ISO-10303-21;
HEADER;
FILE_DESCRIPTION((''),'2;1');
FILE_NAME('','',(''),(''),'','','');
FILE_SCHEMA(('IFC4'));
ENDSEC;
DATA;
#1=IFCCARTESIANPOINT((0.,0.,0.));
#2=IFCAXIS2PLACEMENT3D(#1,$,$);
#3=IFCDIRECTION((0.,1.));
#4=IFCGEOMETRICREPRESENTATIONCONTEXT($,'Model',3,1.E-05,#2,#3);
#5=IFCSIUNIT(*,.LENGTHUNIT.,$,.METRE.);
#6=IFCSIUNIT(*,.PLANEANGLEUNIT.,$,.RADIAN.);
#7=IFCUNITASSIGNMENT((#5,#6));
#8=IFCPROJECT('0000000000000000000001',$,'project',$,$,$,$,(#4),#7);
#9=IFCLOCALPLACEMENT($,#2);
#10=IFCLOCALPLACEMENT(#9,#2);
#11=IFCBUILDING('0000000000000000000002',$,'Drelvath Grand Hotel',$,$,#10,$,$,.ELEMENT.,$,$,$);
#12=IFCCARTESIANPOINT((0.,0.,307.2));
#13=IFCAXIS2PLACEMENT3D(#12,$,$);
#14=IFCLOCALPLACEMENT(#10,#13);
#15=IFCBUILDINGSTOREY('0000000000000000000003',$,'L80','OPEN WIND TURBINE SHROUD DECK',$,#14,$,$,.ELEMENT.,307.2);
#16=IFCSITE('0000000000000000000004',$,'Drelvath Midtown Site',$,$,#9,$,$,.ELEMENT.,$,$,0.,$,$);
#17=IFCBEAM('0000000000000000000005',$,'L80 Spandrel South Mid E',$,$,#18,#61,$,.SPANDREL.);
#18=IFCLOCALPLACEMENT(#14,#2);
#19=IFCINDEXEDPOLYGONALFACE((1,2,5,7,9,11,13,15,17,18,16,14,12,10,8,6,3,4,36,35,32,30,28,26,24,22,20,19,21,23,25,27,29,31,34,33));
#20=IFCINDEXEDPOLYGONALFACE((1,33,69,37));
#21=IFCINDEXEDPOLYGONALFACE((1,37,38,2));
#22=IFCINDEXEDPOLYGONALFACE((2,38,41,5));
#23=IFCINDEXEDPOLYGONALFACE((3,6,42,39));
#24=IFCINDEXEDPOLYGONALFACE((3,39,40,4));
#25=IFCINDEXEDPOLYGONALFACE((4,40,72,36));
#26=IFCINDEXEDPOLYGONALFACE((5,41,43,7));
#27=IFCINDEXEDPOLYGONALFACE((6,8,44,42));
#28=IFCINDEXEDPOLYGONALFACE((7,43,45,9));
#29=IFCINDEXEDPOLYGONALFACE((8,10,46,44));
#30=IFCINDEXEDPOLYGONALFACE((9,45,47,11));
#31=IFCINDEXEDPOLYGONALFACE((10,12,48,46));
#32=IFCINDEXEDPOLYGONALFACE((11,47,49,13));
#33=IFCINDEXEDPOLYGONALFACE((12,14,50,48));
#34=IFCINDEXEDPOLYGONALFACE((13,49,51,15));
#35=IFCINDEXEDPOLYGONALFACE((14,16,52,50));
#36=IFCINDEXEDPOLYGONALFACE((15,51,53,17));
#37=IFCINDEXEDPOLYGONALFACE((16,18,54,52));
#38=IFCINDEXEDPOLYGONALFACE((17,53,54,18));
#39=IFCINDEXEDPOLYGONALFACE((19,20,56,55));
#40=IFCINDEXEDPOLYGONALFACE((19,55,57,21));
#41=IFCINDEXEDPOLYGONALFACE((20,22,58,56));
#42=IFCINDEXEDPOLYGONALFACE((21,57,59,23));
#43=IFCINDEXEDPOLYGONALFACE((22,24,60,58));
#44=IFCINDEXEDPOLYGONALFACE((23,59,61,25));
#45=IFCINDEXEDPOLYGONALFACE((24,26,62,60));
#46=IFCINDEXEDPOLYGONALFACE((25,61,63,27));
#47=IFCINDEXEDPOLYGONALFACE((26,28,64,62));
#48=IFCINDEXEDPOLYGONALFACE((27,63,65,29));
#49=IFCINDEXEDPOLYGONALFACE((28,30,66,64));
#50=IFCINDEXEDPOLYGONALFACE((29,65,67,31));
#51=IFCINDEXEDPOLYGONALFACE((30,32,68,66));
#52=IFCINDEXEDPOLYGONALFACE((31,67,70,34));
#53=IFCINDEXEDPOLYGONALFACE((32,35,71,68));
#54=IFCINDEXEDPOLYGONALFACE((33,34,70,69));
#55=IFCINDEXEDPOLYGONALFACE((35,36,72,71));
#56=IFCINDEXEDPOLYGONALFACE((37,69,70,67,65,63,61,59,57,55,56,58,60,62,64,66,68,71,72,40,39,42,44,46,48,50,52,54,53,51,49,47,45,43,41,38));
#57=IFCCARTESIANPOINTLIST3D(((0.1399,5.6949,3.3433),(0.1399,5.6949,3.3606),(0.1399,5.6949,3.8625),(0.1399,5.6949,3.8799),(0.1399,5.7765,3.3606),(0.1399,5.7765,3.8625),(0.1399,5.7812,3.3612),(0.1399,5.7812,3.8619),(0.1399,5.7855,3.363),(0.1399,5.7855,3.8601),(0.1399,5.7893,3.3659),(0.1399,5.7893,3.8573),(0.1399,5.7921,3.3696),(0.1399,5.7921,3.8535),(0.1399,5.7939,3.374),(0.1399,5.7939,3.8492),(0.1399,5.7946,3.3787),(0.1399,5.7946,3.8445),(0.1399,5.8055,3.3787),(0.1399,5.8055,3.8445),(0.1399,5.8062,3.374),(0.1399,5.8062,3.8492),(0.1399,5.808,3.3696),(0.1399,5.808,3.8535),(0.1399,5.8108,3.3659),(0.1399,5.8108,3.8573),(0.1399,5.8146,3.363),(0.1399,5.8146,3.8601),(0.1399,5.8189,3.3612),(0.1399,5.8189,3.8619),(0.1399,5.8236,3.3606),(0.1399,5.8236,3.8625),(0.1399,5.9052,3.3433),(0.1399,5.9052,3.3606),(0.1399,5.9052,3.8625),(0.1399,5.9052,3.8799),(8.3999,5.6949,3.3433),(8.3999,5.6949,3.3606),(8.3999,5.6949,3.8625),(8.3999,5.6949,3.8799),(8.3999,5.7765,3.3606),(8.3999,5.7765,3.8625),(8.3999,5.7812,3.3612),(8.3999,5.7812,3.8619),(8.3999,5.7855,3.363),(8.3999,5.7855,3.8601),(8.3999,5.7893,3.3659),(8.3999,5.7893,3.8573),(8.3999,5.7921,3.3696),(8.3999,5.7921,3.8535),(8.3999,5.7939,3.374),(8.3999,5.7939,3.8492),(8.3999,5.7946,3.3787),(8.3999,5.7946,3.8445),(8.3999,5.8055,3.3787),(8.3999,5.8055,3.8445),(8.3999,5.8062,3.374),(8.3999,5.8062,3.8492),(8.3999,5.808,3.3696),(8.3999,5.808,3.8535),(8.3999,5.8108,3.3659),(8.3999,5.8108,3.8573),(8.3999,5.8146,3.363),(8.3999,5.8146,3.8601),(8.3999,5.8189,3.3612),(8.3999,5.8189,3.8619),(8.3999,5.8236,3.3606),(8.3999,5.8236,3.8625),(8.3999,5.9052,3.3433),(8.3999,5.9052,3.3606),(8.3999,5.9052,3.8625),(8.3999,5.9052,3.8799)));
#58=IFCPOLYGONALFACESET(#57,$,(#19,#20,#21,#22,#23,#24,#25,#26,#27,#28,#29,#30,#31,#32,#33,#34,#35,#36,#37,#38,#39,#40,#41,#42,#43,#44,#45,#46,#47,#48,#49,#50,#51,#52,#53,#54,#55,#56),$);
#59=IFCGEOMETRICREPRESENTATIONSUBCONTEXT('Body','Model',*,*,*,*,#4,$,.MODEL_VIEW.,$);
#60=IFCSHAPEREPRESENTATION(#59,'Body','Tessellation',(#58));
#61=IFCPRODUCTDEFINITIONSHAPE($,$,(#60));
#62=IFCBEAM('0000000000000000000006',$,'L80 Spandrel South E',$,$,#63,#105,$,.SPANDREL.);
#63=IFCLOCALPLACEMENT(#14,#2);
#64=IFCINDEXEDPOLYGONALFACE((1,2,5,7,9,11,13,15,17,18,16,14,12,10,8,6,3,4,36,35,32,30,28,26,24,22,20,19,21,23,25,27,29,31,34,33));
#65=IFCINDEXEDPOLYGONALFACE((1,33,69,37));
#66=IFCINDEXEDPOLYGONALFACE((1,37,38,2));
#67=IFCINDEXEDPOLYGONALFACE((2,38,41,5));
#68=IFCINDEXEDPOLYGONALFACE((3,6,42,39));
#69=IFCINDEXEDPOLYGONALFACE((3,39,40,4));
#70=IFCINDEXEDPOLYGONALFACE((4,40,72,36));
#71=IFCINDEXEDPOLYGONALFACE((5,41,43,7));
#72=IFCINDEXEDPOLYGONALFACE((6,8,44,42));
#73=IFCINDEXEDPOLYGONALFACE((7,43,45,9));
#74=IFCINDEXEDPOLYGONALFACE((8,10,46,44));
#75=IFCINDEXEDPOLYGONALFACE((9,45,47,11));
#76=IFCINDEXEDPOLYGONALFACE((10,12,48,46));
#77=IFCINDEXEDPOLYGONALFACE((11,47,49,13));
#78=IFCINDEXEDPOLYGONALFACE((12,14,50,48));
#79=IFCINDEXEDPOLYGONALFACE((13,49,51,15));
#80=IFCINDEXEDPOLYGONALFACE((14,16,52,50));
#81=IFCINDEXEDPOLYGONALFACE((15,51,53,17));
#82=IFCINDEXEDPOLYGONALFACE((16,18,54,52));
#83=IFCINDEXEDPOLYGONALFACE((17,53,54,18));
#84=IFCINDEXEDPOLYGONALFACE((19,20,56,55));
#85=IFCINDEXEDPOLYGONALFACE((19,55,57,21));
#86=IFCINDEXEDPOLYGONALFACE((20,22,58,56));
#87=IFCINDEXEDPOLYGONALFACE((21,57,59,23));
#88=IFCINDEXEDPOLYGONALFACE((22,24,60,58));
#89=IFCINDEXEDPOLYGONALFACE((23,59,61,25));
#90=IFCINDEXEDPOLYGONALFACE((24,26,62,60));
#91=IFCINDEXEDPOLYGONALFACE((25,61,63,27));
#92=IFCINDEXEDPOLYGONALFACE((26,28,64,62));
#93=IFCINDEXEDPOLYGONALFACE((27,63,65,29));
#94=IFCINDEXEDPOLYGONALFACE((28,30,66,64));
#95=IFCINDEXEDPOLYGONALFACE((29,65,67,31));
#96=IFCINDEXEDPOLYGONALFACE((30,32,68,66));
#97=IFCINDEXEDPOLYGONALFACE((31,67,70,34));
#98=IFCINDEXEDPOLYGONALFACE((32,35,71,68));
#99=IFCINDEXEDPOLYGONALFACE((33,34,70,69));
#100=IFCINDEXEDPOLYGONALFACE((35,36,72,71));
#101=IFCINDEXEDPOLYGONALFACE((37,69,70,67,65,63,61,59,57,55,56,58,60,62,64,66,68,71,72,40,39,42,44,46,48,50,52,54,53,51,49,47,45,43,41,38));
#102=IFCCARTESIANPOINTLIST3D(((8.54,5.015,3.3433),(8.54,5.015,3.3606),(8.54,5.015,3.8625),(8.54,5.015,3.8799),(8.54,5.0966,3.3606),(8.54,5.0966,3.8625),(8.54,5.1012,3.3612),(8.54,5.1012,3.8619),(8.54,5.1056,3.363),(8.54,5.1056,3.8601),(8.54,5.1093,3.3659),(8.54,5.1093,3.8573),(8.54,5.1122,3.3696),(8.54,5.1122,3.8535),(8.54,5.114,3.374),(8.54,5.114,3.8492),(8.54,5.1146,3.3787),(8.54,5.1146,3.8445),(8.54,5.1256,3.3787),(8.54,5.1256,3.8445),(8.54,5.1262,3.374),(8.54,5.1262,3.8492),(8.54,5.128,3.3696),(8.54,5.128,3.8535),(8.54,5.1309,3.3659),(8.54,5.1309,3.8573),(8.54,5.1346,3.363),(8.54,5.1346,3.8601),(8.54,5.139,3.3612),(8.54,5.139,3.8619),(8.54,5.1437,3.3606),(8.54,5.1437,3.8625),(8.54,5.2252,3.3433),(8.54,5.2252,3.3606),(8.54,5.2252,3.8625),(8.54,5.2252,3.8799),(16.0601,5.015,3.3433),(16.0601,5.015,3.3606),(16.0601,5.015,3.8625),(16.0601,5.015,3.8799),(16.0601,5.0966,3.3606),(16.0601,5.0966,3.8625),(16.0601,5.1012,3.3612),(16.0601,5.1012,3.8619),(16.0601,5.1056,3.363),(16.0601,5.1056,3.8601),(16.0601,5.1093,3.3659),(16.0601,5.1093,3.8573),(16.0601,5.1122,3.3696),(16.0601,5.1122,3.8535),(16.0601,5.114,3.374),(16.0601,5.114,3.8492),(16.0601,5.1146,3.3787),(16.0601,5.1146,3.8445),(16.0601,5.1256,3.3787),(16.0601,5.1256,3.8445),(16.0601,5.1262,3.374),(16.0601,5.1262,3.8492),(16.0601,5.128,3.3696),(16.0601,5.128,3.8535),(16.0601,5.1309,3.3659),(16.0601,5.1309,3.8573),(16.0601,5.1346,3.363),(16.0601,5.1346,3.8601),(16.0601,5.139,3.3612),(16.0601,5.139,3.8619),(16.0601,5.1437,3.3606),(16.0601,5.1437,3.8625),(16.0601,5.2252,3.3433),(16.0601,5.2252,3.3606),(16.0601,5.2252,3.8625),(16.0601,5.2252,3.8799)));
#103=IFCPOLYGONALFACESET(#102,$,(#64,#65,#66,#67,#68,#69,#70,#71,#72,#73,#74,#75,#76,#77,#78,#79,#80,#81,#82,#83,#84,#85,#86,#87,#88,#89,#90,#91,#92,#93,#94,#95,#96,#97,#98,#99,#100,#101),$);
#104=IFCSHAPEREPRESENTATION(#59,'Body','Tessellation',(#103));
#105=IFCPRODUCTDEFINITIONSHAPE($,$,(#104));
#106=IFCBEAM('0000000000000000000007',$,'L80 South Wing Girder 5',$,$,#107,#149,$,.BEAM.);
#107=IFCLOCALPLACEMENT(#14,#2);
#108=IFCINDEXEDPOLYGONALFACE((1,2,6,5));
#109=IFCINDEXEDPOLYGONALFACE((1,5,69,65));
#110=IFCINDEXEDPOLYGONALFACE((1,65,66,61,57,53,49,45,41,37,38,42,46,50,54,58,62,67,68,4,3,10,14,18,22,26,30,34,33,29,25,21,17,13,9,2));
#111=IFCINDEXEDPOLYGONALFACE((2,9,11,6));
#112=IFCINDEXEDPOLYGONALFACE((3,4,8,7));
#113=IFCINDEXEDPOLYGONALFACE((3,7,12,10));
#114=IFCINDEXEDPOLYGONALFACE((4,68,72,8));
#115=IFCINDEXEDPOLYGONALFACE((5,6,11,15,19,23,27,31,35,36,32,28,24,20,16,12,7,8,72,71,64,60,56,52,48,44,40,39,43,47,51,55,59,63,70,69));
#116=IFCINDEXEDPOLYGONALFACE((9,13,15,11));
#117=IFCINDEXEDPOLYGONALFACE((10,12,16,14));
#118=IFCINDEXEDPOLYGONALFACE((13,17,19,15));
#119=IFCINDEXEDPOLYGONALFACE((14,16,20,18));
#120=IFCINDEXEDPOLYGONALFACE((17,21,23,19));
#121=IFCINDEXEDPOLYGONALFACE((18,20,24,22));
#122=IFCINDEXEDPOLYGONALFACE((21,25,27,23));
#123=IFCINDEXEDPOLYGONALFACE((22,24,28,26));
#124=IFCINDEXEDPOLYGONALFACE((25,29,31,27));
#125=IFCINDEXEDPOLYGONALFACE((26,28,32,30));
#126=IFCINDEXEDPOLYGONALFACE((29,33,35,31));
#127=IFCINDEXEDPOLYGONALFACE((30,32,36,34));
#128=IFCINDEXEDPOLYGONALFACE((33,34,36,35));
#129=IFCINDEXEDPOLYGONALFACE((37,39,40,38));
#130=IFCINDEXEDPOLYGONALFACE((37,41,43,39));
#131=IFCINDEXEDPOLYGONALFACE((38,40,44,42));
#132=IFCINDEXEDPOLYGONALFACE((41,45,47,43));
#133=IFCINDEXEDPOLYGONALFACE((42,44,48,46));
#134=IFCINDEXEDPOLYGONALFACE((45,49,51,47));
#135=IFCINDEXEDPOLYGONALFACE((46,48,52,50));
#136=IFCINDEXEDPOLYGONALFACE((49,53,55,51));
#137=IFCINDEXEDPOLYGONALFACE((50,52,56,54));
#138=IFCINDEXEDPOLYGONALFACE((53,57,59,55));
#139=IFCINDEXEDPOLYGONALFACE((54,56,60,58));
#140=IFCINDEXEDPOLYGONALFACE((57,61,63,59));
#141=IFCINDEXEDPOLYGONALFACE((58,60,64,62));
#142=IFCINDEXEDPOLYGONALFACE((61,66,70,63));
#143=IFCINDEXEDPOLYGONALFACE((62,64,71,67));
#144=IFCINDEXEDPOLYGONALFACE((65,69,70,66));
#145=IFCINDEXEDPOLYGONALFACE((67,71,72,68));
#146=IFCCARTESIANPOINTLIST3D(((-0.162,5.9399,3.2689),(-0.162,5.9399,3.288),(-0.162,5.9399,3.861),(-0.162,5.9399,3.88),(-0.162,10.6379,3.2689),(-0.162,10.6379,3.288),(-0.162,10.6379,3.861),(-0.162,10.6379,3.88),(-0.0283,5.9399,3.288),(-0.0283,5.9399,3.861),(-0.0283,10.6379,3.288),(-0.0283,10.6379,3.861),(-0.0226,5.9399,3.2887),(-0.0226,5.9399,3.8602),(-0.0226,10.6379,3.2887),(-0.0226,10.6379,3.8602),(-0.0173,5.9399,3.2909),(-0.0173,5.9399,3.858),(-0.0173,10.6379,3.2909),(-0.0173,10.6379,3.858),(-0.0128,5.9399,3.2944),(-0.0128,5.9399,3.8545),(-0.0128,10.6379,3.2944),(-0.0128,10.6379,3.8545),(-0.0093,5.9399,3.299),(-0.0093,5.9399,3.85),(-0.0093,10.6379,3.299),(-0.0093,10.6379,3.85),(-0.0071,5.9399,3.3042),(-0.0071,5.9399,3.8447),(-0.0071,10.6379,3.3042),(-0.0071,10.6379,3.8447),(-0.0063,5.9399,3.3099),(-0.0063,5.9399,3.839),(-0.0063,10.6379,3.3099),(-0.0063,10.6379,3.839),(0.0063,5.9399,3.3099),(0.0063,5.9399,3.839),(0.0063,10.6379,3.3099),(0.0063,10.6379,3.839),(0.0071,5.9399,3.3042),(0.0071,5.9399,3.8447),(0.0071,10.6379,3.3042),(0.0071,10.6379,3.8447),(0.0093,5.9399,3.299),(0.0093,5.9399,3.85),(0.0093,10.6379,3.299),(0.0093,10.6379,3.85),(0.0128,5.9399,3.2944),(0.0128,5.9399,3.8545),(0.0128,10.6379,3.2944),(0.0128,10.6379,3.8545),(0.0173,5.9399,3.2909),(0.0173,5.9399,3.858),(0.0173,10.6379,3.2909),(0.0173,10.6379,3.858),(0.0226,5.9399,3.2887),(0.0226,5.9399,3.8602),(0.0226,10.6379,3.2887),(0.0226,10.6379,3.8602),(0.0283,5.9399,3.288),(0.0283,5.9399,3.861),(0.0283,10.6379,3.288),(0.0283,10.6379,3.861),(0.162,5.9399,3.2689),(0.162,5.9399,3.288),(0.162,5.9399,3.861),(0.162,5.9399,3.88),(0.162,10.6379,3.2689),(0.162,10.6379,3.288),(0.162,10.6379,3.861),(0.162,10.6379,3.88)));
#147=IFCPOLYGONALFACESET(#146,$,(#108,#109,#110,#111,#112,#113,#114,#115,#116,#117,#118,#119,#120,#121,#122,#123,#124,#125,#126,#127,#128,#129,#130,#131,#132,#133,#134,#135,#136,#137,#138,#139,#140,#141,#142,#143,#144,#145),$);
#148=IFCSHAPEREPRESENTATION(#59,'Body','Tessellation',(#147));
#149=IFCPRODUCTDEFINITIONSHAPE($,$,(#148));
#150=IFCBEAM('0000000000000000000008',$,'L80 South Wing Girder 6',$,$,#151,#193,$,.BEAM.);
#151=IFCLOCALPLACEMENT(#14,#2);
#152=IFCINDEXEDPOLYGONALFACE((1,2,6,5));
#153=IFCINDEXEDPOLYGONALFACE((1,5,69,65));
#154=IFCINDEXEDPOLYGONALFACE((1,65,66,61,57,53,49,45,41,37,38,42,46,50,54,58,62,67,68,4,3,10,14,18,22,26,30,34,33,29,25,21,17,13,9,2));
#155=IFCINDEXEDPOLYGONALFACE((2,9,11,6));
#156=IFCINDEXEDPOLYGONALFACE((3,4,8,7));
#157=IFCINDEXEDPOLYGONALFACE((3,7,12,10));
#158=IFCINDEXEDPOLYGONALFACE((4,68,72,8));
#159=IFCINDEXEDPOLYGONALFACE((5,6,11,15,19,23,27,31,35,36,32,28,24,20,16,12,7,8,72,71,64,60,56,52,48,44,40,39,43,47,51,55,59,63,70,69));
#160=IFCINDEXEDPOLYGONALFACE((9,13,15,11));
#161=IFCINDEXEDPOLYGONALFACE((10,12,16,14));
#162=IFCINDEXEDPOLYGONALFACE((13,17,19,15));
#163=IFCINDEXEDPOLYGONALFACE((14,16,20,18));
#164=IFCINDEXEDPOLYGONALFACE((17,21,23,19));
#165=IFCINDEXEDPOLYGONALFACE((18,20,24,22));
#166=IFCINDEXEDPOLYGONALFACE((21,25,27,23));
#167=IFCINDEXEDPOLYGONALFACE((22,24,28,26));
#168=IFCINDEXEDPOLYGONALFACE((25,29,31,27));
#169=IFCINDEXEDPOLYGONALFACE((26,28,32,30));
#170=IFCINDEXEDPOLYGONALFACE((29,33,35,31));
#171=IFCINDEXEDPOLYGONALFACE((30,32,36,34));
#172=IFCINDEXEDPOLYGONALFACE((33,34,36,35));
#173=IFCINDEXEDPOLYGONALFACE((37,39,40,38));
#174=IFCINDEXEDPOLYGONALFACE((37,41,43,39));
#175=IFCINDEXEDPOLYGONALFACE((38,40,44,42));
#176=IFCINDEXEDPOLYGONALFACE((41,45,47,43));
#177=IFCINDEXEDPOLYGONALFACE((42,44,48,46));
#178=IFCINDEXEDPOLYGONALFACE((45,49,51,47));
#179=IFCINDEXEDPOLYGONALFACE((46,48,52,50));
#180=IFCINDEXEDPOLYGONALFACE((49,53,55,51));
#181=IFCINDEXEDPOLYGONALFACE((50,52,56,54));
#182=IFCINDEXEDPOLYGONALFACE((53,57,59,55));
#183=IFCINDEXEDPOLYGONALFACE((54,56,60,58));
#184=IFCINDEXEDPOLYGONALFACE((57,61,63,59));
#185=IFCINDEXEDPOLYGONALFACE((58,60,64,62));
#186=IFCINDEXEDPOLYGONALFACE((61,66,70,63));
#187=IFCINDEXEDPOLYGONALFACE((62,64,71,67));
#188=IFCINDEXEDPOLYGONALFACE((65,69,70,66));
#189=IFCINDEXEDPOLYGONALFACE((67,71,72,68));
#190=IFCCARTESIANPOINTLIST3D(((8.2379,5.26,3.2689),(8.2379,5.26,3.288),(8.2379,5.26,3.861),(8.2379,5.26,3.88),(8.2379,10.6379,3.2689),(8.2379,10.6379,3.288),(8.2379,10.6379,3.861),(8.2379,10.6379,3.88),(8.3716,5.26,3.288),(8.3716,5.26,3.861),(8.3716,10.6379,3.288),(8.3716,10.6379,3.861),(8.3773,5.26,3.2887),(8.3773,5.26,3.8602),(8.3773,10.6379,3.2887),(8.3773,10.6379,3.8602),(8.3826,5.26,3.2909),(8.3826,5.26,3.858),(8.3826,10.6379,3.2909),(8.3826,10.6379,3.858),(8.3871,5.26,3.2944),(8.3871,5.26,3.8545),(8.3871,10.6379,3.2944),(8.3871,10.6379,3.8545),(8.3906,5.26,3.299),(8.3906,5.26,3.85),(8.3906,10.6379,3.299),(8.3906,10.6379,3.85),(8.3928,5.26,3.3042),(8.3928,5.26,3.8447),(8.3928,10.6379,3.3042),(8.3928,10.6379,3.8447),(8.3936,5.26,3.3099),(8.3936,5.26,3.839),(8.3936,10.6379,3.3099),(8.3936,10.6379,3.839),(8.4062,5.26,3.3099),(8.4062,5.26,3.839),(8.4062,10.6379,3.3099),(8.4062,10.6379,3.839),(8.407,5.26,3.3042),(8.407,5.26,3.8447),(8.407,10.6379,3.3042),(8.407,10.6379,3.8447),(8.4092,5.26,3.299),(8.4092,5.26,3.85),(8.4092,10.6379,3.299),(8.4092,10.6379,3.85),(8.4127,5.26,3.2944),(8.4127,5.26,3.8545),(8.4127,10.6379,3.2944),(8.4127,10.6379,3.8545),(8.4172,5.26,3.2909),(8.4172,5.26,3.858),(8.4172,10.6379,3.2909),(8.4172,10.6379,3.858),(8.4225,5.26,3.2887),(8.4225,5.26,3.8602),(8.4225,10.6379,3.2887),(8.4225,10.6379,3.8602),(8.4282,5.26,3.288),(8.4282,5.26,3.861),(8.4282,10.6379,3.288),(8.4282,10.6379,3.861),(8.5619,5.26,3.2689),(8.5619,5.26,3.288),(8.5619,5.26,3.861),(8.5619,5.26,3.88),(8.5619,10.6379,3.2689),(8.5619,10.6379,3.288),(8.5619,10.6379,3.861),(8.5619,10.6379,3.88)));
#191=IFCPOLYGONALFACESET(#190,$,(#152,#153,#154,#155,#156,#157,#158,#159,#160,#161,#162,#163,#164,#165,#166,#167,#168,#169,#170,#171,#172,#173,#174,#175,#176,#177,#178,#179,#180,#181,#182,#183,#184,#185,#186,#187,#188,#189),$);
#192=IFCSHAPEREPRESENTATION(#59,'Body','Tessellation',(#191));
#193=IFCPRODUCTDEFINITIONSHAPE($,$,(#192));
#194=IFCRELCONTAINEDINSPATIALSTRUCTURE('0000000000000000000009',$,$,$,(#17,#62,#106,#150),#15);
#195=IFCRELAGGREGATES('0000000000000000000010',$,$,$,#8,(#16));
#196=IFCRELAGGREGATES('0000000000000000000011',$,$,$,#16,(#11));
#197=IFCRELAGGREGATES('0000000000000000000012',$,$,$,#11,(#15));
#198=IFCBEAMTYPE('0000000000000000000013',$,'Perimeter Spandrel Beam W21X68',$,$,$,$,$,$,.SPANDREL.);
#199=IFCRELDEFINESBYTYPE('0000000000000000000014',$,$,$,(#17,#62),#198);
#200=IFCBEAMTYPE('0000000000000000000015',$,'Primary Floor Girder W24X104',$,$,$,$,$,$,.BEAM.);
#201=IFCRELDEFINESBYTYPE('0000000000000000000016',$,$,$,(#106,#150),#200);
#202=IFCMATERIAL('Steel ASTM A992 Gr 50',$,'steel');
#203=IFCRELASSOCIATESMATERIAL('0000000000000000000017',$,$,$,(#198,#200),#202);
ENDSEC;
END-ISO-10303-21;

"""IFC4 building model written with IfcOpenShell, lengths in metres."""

from ifc_helpers import new_model, si_unit, direction, frame, origin, origin_2d, place, context, subcontext, project, spatial, i_section, extrude, material, material_profile, profile_set, type_object, element, save


model = new_model("IFC4")

# Units and contexts
model_context = context("Model", 3, precision=1e-05, world=origin(), true_north=direction((0.0, 1.0)))
body_context = subcontext(model_context, "Body", "Model", "MODEL_VIEW")
ifc_project = project(units=[si_unit("LENGTHUNIT", "METRE"), si_unit("PLANEANGLEUNIT", "RADIAN")], contexts=[model_context])

# Site, building, storey
site_placement = place(None, origin())
site = spatial("IfcSite", under=ifc_project, at=site_placement, Name="Drelvath Midtown Site", CompositionType="ELEMENT", RefElevation=0.0)
building_placement = place(site_placement, origin())
building = spatial("IfcBuilding", under=site, at=building_placement, Name="Drelvath Grand Hotel", CompositionType="ELEMENT")
storey_placement = place(building_placement, frame((0.0, 0.0, 307.2)))
storey = spatial("IfcBuildingStorey", under=building, at=storey_placement, Name="L80", Description="OPEN WIND TURBINE SHROUD DECK", CompositionType="ELEMENT", Elevation=307.2)

# Beams
ifc_material_1 = material(Name="Steel ASTM A992 Gr 50", Category="steel")
ifc_material_profile_1 = material_profile(ifc_material_1, i_section(OverallWidth=0.2102, OverallDepth=0.5366, WebThickness=0.011, FlangeThickness=0.0173, FilletRadius=0.0181, at=origin_2d()), Name="W21X68")
ifc_profile_set_1 = profile_set([ifc_material_profile_1], Name="Steel ASTM A992 Gr 50")
beam_type_1 = type_object("IfcBeamType", Name="Perimeter Spandrel Beam W21X68", PredefinedType="SPANDREL", material=ifc_profile_set_1)
beam_1_placement = place(storey_placement, frame((0.1399, 5.8, 3.6116), z_axis=(1.0, 0.0, 0.0), x_axis=(0.0, 1.0, 0.0)))
element("IfcBeam", 1, at=beam_1_placement, inside=storey, type_object=beam_type_1, Name="L80 Spandrel South Mid E", PredefinedType="SPANDREL", context=body_context, shape_type="SweptSolid", body=[
    extrude(i_section(OverallWidth=0.2102, OverallDepth=0.5366, WebThickness=0.011, FlangeThickness=0.0173, FilletRadius=0.0181, at=origin_2d()), origin(), (0.0, 0.0, 1.0), 8.26),
])
beam_2_placement = place(storey_placement, frame((8.54, 5.1201, 3.6116), z_axis=(1.0, 0.0, 0.0), x_axis=(0.0, 1.0, 0.0)))
element("IfcBeam", 2, at=beam_2_placement, inside=storey, type_object=beam_type_1, Name="L80 Spandrel South E", PredefinedType="SPANDREL", context=body_context, shape_type="SweptSolid", body=[
    extrude(i_section(OverallWidth=0.2102, OverallDepth=0.5366, WebThickness=0.011, FlangeThickness=0.0173, FilletRadius=0.0181, at=origin_2d()), origin(), (0.0, 0.0, 1.0), 7.52),
])
ifc_material_profile_2 = material_profile(ifc_material_1, i_section(OverallWidth=0.324, OverallDepth=0.6111, WebThickness=0.0127, FlangeThickness=0.019, FilletRadius=0.022, at=origin_2d()), Name="W24X104")
ifc_profile_set_2 = profile_set([ifc_material_profile_2], Name="Steel ASTM A992 Gr 50")
beam_type_2 = type_object("IfcBeamType", Name="Primary Floor Girder W24X104", PredefinedType="BEAM", material=ifc_profile_set_2)
beam_3_placement = place(storey_placement, frame((0.0, 5.9399, 3.5745), z_axis=(0.0, 1.0, 0.0), x_axis=(-1.0, 0.0, 0.0)))
element("IfcBeam", 3, at=beam_3_placement, inside=storey, type_object=beam_type_2, Name="L80 South Wing Girder 5", PredefinedType="BEAM", context=body_context, shape_type="SweptSolid", body=[
    extrude(i_section(OverallWidth=0.324, OverallDepth=0.6111, WebThickness=0.0127, FlangeThickness=0.019, FilletRadius=0.022, at=origin_2d()), origin(), (0.0, 0.0, 1.0), 4.698),
])
beam_4_placement = place(storey_placement, frame((8.3999, 5.26, 3.5745), z_axis=(0.0, 1.0, 0.0), x_axis=(-1.0, 0.0, 0.0)))
element("IfcBeam", 4, at=beam_4_placement, inside=storey, type_object=beam_type_2, Name="L80 South Wing Girder 6", PredefinedType="BEAM", context=body_context, shape_type="SweptSolid", body=[
    extrude(i_section(OverallWidth=0.324, OverallDepth=0.6111, WebThickness=0.0127, FlangeThickness=0.019, FilletRadius=0.022, at=origin_2d()), origin(), (0.0, 0.0, 1.0), 5.3779),
])

save(model, "model.ifc")
